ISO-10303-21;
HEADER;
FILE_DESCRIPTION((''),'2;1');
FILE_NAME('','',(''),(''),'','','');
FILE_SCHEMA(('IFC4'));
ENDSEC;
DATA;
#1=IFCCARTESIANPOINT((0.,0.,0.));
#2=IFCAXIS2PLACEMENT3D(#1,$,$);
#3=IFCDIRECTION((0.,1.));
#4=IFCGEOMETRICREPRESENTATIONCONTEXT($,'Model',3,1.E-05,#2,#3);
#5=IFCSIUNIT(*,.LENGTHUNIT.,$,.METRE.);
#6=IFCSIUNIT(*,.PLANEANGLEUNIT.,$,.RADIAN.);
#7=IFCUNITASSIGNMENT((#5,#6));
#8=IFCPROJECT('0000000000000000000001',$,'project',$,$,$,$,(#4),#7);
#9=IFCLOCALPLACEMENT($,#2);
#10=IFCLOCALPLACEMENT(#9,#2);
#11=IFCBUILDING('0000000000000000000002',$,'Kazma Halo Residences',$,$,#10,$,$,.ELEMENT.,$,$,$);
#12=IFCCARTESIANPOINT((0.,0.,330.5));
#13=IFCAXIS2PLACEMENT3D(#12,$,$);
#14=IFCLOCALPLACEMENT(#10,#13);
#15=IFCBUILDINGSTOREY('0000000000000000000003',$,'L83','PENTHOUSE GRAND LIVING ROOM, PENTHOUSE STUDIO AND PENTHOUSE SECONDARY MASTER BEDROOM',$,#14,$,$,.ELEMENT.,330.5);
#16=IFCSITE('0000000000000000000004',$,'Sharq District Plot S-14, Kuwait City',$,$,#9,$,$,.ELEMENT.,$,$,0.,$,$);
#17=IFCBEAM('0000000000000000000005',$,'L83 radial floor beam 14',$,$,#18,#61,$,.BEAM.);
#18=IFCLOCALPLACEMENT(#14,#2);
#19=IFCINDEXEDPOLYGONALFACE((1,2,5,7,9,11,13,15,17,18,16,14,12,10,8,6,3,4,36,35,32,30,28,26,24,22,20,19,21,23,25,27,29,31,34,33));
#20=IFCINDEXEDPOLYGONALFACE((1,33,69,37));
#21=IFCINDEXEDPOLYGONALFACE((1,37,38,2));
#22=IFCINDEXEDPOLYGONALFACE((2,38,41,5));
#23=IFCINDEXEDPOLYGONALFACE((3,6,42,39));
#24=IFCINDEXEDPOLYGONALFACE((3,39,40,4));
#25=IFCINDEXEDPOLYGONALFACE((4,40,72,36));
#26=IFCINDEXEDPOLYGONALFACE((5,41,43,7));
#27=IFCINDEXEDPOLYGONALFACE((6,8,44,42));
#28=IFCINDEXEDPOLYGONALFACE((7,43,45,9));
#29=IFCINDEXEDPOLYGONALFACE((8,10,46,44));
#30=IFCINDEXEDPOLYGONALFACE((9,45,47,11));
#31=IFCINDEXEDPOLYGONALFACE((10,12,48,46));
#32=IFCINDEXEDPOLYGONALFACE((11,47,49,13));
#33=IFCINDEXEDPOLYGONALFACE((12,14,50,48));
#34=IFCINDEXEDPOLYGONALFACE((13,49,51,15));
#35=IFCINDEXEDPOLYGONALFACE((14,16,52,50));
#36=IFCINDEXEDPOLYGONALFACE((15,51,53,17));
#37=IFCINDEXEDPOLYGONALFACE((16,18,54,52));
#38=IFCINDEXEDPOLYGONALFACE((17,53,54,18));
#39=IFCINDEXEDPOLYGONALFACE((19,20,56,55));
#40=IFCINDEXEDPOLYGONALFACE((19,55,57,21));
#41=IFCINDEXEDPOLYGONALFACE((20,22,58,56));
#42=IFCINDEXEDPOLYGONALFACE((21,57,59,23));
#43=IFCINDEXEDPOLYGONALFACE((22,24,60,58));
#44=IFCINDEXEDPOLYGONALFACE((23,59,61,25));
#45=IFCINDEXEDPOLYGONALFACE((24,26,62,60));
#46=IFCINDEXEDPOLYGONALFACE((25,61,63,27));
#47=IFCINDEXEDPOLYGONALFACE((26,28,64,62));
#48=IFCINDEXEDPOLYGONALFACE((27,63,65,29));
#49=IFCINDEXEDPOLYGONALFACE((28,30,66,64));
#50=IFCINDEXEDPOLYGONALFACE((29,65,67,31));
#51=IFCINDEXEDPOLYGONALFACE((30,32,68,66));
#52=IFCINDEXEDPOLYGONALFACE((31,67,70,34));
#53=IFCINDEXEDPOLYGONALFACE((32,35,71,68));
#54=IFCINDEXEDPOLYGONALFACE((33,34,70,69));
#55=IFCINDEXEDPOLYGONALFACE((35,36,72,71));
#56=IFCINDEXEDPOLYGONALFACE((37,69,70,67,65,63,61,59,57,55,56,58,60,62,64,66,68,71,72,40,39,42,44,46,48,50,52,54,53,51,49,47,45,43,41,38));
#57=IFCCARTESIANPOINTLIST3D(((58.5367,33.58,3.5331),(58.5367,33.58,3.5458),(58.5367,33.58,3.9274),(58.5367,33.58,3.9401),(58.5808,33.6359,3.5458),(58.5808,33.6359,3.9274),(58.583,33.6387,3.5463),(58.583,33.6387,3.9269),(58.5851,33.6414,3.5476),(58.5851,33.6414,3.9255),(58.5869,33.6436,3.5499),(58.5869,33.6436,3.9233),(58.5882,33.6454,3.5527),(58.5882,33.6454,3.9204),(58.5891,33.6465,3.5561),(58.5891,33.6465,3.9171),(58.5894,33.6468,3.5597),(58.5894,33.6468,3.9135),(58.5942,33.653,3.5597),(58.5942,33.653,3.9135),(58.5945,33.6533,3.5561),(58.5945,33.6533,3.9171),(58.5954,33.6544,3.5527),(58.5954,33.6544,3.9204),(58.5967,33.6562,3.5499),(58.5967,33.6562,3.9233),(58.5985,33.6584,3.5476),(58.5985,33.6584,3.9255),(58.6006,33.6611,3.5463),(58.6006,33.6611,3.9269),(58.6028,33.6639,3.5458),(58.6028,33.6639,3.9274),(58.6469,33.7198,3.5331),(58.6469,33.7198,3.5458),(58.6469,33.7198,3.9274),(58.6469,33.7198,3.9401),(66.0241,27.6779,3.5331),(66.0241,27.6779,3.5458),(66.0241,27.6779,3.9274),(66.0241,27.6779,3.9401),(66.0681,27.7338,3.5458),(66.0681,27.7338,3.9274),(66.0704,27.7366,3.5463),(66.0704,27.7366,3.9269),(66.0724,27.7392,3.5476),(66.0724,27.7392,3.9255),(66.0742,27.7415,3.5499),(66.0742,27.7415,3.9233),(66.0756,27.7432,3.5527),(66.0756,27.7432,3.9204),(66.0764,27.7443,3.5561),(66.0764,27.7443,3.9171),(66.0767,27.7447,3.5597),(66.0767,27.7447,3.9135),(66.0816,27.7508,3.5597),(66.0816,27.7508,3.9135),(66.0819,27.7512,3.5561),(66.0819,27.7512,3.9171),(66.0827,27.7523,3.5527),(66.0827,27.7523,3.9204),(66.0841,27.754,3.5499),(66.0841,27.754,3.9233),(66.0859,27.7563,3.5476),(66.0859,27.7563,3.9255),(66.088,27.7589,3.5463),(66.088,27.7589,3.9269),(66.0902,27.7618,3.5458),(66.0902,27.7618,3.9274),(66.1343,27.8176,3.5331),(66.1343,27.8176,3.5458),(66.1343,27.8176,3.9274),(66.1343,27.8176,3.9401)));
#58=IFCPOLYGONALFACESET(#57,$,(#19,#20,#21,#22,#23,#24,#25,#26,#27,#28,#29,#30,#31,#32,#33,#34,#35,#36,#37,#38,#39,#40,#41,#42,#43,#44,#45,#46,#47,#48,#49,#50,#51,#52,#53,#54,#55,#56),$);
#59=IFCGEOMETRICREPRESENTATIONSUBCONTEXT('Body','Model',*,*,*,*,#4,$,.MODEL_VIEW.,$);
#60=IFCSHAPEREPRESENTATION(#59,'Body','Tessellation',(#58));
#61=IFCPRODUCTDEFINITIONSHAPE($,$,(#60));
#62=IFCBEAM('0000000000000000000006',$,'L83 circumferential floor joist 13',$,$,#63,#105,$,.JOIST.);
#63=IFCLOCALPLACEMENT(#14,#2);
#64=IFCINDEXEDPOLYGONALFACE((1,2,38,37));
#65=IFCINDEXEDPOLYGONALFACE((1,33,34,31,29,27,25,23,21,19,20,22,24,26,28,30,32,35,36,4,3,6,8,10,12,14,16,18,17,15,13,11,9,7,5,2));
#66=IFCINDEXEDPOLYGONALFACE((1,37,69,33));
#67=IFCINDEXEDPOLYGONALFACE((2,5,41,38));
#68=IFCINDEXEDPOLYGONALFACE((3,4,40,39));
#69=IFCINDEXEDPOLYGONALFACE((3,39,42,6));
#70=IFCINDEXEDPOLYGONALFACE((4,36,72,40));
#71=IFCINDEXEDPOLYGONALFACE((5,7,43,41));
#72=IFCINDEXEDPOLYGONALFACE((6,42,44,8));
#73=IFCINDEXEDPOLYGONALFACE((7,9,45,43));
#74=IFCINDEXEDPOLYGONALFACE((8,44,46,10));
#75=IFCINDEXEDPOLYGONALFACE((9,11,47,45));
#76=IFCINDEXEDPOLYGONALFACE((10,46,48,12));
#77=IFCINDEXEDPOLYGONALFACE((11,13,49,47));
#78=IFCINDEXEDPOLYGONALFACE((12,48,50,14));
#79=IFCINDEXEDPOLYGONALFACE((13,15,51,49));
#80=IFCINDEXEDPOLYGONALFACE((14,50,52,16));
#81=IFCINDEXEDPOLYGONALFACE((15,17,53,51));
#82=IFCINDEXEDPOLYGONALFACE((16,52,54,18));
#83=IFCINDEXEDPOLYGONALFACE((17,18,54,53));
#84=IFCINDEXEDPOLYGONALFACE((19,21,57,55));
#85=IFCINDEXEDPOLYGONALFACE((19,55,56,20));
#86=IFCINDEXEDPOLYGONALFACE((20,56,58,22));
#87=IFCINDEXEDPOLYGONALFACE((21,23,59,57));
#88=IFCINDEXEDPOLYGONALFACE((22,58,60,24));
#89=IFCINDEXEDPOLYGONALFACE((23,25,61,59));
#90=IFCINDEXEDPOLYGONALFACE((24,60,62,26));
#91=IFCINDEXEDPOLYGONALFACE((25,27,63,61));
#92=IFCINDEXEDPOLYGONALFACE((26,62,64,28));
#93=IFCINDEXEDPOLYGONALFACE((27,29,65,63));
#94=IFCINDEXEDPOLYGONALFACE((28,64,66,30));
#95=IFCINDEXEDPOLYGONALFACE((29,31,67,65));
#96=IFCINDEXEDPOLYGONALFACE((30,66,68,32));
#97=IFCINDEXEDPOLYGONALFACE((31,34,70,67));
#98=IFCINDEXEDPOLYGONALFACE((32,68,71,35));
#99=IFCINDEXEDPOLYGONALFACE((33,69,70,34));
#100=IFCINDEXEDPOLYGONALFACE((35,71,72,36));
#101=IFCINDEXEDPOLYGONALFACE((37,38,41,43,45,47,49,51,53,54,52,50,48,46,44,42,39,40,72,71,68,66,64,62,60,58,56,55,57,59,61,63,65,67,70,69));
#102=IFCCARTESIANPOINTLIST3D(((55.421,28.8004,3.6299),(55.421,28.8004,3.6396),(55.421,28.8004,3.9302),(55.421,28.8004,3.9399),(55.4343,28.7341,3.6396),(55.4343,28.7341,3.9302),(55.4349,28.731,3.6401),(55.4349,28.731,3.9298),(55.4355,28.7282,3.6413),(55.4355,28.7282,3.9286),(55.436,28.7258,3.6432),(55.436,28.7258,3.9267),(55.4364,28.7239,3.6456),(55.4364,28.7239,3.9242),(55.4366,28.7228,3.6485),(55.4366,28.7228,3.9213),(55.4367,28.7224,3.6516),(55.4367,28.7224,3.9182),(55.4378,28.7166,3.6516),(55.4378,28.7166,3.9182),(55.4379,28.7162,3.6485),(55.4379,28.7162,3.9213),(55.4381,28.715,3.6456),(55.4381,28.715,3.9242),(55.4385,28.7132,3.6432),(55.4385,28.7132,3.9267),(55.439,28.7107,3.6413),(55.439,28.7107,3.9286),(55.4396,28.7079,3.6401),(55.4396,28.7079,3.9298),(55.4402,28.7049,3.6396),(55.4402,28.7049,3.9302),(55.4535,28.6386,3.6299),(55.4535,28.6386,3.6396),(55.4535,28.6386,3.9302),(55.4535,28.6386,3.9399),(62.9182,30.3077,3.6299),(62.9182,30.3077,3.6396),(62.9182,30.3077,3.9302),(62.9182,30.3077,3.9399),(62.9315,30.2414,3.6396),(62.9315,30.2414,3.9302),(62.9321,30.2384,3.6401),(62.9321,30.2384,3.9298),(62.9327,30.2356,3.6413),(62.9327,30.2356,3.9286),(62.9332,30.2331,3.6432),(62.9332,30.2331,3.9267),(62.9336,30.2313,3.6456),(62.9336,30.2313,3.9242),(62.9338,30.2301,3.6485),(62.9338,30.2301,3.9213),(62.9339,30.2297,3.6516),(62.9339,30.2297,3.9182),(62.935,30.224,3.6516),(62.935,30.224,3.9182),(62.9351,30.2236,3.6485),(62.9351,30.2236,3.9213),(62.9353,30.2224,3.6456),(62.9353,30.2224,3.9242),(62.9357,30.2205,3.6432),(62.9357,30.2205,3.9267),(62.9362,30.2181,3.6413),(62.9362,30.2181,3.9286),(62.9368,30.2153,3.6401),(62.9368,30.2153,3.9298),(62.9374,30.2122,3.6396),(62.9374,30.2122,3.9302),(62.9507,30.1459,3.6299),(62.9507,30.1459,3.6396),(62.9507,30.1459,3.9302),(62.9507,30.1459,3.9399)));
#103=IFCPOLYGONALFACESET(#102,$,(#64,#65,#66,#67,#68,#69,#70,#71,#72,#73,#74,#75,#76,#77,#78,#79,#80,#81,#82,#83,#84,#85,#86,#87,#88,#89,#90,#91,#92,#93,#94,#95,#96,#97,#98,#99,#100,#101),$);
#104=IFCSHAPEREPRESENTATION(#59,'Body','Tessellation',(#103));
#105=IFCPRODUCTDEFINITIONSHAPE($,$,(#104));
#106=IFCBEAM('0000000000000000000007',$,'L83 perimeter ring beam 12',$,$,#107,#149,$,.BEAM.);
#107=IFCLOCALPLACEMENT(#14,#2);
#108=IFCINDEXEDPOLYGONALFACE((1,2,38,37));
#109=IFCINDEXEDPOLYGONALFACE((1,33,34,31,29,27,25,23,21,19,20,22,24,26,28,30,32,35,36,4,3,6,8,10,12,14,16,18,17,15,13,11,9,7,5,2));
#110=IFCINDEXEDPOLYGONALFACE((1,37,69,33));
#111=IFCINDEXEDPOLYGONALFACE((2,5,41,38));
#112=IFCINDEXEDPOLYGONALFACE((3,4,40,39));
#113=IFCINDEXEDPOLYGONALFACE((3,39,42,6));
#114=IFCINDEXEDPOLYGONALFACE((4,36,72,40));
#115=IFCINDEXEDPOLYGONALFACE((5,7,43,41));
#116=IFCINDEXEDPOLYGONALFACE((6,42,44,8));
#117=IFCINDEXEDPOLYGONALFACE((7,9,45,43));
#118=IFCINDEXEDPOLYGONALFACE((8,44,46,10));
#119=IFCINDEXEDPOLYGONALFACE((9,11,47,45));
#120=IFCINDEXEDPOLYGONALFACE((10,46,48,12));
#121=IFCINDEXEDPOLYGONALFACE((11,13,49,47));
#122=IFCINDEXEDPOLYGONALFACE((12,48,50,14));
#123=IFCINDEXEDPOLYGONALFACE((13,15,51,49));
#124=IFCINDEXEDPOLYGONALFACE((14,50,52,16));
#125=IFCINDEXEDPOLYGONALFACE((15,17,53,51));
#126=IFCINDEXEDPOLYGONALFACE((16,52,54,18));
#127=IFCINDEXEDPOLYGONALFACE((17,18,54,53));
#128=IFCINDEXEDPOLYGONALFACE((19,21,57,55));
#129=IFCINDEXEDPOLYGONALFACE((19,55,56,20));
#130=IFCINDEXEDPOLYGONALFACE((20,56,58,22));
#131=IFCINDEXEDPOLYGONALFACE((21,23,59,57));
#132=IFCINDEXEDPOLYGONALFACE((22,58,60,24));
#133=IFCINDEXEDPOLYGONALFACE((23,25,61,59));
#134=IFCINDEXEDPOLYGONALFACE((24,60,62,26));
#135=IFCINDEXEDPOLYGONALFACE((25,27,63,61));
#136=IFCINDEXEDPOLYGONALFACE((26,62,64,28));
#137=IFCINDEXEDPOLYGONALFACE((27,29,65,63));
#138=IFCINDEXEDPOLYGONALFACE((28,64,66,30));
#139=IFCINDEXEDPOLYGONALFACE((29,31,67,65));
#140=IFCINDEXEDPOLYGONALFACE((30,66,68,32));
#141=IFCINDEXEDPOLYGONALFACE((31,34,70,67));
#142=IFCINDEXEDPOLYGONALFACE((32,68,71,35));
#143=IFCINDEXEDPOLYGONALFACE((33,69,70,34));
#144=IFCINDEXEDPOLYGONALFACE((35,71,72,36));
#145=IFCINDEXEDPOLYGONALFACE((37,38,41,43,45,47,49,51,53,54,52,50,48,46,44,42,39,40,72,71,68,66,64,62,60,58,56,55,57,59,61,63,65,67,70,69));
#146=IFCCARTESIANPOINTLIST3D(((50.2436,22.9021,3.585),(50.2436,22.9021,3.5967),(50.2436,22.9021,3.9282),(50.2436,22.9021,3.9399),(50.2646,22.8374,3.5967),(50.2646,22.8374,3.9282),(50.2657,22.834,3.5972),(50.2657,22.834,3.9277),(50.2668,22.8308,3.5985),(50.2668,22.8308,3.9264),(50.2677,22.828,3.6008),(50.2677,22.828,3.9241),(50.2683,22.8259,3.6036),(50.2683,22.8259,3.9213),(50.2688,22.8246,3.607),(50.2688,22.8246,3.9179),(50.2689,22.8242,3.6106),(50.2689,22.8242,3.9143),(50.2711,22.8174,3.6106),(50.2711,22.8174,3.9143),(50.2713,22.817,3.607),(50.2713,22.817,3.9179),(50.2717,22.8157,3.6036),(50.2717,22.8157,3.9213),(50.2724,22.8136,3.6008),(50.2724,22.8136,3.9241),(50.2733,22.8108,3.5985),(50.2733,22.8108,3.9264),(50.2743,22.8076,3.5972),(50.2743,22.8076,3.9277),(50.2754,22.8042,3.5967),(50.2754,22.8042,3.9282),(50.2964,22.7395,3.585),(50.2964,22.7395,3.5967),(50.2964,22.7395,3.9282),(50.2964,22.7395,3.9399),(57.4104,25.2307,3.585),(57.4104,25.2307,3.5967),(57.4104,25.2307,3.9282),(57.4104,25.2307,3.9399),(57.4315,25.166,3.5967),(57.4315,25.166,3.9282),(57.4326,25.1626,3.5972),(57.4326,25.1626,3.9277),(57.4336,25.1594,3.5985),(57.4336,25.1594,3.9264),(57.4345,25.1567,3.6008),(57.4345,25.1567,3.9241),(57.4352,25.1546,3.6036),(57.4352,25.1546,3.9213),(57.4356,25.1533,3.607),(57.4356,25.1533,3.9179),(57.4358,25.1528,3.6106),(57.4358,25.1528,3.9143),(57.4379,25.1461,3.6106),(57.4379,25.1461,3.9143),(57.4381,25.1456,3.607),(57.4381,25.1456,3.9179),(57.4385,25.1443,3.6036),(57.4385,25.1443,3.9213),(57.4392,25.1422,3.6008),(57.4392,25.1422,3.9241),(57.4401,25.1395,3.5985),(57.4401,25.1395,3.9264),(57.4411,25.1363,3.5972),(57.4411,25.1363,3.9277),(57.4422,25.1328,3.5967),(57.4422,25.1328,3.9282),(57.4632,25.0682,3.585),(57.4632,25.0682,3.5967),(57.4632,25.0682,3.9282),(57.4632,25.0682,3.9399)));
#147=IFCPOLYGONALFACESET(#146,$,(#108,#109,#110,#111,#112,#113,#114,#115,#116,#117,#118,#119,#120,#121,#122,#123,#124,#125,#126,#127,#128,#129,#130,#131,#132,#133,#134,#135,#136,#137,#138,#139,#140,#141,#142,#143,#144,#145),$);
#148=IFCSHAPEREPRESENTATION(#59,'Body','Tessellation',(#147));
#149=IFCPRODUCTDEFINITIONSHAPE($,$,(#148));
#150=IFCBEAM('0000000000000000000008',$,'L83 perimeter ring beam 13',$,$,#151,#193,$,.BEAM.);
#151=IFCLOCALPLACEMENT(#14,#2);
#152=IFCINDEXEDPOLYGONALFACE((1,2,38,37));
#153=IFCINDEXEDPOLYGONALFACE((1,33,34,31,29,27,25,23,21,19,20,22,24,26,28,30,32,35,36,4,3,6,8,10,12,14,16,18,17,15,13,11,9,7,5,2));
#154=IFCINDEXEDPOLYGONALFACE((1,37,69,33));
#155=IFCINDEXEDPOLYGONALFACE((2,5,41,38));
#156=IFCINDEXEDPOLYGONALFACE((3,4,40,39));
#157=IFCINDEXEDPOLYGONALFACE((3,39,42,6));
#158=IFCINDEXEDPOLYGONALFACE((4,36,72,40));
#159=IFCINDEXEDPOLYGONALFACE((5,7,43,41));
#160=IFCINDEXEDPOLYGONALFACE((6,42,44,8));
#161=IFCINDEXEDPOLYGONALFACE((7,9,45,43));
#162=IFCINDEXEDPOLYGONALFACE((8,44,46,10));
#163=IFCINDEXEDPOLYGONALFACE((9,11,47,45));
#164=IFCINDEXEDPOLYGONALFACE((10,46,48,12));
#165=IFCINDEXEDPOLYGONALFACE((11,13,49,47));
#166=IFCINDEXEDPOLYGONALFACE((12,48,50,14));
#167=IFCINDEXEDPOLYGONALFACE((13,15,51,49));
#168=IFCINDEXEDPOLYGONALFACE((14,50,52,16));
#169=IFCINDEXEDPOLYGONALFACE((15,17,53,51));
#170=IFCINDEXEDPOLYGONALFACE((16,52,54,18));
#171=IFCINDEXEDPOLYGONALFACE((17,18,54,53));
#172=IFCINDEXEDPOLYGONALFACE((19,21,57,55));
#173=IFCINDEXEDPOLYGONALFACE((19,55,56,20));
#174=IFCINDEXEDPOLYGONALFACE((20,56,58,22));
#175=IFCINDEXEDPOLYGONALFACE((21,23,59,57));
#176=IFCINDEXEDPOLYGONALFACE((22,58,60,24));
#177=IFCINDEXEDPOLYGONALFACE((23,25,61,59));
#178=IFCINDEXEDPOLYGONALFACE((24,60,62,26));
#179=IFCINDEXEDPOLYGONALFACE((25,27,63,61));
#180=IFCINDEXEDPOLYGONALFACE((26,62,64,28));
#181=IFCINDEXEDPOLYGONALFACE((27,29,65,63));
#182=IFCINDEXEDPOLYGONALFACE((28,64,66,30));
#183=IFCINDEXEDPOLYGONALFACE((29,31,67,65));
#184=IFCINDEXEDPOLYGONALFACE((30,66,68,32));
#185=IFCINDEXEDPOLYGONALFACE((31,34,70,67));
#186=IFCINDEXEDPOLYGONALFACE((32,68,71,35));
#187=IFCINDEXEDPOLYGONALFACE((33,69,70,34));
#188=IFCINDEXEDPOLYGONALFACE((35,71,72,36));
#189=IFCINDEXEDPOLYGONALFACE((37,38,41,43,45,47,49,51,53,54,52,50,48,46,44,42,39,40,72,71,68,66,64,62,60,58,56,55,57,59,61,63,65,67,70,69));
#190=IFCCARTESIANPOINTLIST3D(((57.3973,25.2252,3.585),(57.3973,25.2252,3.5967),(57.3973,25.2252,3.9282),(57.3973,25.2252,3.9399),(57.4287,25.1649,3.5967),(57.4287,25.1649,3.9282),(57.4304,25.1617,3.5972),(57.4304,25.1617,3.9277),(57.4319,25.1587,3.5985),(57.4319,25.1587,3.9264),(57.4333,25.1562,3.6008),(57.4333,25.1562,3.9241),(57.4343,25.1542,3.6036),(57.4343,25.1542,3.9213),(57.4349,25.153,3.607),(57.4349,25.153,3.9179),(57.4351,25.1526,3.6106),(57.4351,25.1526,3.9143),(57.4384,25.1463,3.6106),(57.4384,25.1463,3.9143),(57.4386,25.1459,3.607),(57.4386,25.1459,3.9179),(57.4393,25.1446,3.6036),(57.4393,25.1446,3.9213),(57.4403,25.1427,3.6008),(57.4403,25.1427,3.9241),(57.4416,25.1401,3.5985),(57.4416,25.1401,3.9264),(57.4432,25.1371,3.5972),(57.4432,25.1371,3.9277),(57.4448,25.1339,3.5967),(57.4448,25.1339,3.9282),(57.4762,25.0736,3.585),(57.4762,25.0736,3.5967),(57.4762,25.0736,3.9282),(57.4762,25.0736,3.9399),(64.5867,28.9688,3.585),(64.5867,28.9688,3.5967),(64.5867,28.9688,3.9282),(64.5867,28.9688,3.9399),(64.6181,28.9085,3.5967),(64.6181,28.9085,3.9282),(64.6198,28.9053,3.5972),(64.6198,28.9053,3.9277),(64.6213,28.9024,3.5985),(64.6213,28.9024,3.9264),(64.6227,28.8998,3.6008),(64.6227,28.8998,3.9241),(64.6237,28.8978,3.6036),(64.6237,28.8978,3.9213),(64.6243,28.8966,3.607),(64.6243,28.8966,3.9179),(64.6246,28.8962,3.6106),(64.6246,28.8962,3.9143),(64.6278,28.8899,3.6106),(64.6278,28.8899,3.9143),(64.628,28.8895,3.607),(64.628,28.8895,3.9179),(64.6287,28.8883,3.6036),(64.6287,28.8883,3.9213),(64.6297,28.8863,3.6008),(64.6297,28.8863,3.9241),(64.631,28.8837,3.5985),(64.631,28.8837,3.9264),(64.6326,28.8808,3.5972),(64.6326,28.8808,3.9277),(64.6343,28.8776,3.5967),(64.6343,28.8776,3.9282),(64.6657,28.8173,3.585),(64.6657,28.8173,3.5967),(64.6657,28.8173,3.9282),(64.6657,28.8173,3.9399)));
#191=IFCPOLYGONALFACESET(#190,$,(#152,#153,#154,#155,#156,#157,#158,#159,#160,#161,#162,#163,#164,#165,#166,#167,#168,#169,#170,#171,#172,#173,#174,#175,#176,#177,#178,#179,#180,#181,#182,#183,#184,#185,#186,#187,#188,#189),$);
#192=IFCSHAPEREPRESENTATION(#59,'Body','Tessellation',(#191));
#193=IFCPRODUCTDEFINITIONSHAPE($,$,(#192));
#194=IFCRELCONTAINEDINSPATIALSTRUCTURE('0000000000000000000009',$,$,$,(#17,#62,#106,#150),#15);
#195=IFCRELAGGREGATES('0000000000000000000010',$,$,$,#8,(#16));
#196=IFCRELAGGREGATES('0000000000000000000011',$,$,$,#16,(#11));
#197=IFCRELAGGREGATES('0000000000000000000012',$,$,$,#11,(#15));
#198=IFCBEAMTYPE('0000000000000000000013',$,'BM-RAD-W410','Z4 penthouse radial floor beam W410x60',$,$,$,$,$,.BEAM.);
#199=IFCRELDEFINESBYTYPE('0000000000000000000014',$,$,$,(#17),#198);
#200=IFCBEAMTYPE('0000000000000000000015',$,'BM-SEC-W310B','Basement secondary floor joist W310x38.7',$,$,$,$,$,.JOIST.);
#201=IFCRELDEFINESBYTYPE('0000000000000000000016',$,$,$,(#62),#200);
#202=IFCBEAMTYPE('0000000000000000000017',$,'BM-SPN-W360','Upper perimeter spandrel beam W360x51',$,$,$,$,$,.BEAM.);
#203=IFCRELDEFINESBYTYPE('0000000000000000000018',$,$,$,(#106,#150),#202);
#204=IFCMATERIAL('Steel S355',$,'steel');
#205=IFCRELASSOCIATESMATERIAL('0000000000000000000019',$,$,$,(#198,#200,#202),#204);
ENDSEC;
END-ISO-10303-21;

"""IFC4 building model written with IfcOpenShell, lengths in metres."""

from ifc_helpers import new_model, si_unit, direction, frame, origin, origin_2d, place, context, subcontext, project, spatial, i_section, extrude, material, material_profile, profile_set, type_object, element, save


model = new_model("IFC4")

# Units and contexts
model_context = context("Model", 3, precision=1e-05, world=origin(), true_north=direction((0.0, 1.0)))
body_context = subcontext(model_context, "Body", "Model", "MODEL_VIEW")
ifc_project = project(units=[si_unit("LENGTHUNIT", "METRE"), si_unit("PLANEANGLEUNIT", "RADIAN")], contexts=[model_context])

# Site, building, storey
site_placement = place(None, origin())
site = spatial("IfcSite", under=ifc_project, at=site_placement, Name="Sharq District Plot S-14, Kuwait City", CompositionType="ELEMENT", RefElevation=0.0)
building_placement = place(site_placement, origin())
building = spatial("IfcBuilding", under=site, at=building_placement, Name="Kazma Halo Residences", CompositionType="ELEMENT")
storey_placement = place(building_placement, frame((0.0, 0.0, 330.5)))
storey = spatial("IfcBuildingStorey", under=building, at=storey_placement, Name="L83", Description="PENTHOUSE GRAND LIVING ROOM, PENTHOUSE STUDIO AND PENTHOUSE SECONDARY MASTER BEDROOM", CompositionType="ELEMENT", Elevation=330.5)

# Beams
ifc_material_1 = material(Name="Steel S355", Category="steel")
ifc_material_profile_1 = material_profile(ifc_material_1, i_section(OverallWidth=0.178, OverallDepth=0.407, WebThickness=0.0078, FlangeThickness=0.0127, FilletRadius=0.0139, at=origin_2d()), Name="W410x60")
ifc_profile_set_1 = profile_set([ifc_material_profile_1], Name="Steel S355")
beam_type_1 = type_object("IfcBeamType", Name="BM-RAD-W410", Description="Z4 penthouse radial floor beam W410x60", PredefinedType="BEAM", material=ifc_profile_set_1)
beam_1_placement = place(storey_placement, frame((58.5918, 33.6499, 3.7366), z_axis=(0.785338, -0.619067, 0.0), x_axis=(0.619067, 0.785338, 0.0)))
element("IfcBeam", 1, at=beam_1_placement, inside=storey, type_object=beam_type_1, Name="L83 radial floor beam 14", PredefinedType="BEAM", context=body_context, shape_type="SweptSolid", body=[
    extrude(i_section(OverallWidth=0.178, OverallDepth=0.407, WebThickness=0.0078, FlangeThickness=0.0127, FilletRadius=0.0139, at=origin_2d()), origin(), (0.0, 0.0, 1.0), 9.5339),
])
ifc_material_profile_2 = material_profile(ifc_material_1, i_section(OverallWidth=0.165, OverallDepth=0.3101, WebThickness=0.0059, FlangeThickness=0.0098, FilletRadius=0.012, at=origin_2d()), Name="W310x38.7")
ifc_profile_set_2 = profile_set([ifc_material_profile_2], Name="Steel S355")
beam_type_2 = type_object("IfcBeamType", Name="BM-SEC-W310B", Description="Basement secondary floor joist W310x38.7", PredefinedType="JOIST", material=ifc_profile_set_2)
beam_2_placement = place(storey_placement, frame((55.4373, 28.7195, 3.7849), z_axis=(0.980381, 0.197111, 0.0), x_axis=(-0.197111, 0.980381, 0.0)))
element("IfcBeam", 2, at=beam_2_placement, inside=storey, type_object=beam_type_2, Name="L83 circumferential floor joist 13", PredefinedType="JOIST", context=body_context, shape_type="SweptSolid", body=[
    extrude(i_section(OverallWidth=0.165, OverallDepth=0.3101, WebThickness=0.0059, FlangeThickness=0.0098, FilletRadius=0.012, at=origin_2d()), origin(), (0.0, 0.0, 1.0), 7.6472),
])
ifc_material_profile_3 = material_profile(ifc_material_1, i_section(OverallWidth=0.1709, OverallDepth=0.355, WebThickness=0.0071, FlangeThickness=0.0117, FilletRadius=0.0139, at=origin_2d()), Name="W360x51")
ifc_profile_set_3 = profile_set([ifc_material_profile_3], Name="Steel S355")
beam_type_3 = type_object("IfcBeamType", Name="BM-SPN-W360", Description="Upper perimeter spandrel beam W360x51", PredefinedType="BEAM", material=ifc_profile_set_3)
beam_3_placement = place(storey_placement, frame((50.27, 22.8208, 3.7625), z_axis=(0.951057, 0.309016, 0.0), x_axis=(-0.309016, 0.951057, 0.0)))
element("IfcBeam", 3, at=beam_3_placement, inside=storey, type_object=beam_type_3, Name="L83 perimeter ring beam 12", PredefinedType="BEAM", context=body_context, shape_type="SweptSolid", body=[
    extrude(i_section(OverallWidth=0.1709, OverallDepth=0.355, WebThickness=0.0071, FlangeThickness=0.0117, FilletRadius=0.0139, at=origin_2d()), origin(), (0.0, 0.0, 1.0), 7.5356),
])
beam_4_placement = place(storey_placement, frame((57.4368, 25.1494, 3.7625), z_axis=(0.886957, 0.461851, 0.0), x_axis=(-0.461851, 0.886957, 0.0)))
element("IfcBeam", 4, at=beam_4_placement, inside=storey, type_object=beam_type_3, Name="L83 perimeter ring beam 13", PredefinedType="BEAM", context=body_context, shape_type="SweptSolid", body=[
    extrude(i_section(OverallWidth=0.1709, OverallDepth=0.355, WebThickness=0.0071, FlangeThickness=0.0117, FilletRadius=0.0139, at=origin_2d()), origin(), (0.0, 0.0, 1.0), 8.1057),
])

save(model, "model.ifc")
